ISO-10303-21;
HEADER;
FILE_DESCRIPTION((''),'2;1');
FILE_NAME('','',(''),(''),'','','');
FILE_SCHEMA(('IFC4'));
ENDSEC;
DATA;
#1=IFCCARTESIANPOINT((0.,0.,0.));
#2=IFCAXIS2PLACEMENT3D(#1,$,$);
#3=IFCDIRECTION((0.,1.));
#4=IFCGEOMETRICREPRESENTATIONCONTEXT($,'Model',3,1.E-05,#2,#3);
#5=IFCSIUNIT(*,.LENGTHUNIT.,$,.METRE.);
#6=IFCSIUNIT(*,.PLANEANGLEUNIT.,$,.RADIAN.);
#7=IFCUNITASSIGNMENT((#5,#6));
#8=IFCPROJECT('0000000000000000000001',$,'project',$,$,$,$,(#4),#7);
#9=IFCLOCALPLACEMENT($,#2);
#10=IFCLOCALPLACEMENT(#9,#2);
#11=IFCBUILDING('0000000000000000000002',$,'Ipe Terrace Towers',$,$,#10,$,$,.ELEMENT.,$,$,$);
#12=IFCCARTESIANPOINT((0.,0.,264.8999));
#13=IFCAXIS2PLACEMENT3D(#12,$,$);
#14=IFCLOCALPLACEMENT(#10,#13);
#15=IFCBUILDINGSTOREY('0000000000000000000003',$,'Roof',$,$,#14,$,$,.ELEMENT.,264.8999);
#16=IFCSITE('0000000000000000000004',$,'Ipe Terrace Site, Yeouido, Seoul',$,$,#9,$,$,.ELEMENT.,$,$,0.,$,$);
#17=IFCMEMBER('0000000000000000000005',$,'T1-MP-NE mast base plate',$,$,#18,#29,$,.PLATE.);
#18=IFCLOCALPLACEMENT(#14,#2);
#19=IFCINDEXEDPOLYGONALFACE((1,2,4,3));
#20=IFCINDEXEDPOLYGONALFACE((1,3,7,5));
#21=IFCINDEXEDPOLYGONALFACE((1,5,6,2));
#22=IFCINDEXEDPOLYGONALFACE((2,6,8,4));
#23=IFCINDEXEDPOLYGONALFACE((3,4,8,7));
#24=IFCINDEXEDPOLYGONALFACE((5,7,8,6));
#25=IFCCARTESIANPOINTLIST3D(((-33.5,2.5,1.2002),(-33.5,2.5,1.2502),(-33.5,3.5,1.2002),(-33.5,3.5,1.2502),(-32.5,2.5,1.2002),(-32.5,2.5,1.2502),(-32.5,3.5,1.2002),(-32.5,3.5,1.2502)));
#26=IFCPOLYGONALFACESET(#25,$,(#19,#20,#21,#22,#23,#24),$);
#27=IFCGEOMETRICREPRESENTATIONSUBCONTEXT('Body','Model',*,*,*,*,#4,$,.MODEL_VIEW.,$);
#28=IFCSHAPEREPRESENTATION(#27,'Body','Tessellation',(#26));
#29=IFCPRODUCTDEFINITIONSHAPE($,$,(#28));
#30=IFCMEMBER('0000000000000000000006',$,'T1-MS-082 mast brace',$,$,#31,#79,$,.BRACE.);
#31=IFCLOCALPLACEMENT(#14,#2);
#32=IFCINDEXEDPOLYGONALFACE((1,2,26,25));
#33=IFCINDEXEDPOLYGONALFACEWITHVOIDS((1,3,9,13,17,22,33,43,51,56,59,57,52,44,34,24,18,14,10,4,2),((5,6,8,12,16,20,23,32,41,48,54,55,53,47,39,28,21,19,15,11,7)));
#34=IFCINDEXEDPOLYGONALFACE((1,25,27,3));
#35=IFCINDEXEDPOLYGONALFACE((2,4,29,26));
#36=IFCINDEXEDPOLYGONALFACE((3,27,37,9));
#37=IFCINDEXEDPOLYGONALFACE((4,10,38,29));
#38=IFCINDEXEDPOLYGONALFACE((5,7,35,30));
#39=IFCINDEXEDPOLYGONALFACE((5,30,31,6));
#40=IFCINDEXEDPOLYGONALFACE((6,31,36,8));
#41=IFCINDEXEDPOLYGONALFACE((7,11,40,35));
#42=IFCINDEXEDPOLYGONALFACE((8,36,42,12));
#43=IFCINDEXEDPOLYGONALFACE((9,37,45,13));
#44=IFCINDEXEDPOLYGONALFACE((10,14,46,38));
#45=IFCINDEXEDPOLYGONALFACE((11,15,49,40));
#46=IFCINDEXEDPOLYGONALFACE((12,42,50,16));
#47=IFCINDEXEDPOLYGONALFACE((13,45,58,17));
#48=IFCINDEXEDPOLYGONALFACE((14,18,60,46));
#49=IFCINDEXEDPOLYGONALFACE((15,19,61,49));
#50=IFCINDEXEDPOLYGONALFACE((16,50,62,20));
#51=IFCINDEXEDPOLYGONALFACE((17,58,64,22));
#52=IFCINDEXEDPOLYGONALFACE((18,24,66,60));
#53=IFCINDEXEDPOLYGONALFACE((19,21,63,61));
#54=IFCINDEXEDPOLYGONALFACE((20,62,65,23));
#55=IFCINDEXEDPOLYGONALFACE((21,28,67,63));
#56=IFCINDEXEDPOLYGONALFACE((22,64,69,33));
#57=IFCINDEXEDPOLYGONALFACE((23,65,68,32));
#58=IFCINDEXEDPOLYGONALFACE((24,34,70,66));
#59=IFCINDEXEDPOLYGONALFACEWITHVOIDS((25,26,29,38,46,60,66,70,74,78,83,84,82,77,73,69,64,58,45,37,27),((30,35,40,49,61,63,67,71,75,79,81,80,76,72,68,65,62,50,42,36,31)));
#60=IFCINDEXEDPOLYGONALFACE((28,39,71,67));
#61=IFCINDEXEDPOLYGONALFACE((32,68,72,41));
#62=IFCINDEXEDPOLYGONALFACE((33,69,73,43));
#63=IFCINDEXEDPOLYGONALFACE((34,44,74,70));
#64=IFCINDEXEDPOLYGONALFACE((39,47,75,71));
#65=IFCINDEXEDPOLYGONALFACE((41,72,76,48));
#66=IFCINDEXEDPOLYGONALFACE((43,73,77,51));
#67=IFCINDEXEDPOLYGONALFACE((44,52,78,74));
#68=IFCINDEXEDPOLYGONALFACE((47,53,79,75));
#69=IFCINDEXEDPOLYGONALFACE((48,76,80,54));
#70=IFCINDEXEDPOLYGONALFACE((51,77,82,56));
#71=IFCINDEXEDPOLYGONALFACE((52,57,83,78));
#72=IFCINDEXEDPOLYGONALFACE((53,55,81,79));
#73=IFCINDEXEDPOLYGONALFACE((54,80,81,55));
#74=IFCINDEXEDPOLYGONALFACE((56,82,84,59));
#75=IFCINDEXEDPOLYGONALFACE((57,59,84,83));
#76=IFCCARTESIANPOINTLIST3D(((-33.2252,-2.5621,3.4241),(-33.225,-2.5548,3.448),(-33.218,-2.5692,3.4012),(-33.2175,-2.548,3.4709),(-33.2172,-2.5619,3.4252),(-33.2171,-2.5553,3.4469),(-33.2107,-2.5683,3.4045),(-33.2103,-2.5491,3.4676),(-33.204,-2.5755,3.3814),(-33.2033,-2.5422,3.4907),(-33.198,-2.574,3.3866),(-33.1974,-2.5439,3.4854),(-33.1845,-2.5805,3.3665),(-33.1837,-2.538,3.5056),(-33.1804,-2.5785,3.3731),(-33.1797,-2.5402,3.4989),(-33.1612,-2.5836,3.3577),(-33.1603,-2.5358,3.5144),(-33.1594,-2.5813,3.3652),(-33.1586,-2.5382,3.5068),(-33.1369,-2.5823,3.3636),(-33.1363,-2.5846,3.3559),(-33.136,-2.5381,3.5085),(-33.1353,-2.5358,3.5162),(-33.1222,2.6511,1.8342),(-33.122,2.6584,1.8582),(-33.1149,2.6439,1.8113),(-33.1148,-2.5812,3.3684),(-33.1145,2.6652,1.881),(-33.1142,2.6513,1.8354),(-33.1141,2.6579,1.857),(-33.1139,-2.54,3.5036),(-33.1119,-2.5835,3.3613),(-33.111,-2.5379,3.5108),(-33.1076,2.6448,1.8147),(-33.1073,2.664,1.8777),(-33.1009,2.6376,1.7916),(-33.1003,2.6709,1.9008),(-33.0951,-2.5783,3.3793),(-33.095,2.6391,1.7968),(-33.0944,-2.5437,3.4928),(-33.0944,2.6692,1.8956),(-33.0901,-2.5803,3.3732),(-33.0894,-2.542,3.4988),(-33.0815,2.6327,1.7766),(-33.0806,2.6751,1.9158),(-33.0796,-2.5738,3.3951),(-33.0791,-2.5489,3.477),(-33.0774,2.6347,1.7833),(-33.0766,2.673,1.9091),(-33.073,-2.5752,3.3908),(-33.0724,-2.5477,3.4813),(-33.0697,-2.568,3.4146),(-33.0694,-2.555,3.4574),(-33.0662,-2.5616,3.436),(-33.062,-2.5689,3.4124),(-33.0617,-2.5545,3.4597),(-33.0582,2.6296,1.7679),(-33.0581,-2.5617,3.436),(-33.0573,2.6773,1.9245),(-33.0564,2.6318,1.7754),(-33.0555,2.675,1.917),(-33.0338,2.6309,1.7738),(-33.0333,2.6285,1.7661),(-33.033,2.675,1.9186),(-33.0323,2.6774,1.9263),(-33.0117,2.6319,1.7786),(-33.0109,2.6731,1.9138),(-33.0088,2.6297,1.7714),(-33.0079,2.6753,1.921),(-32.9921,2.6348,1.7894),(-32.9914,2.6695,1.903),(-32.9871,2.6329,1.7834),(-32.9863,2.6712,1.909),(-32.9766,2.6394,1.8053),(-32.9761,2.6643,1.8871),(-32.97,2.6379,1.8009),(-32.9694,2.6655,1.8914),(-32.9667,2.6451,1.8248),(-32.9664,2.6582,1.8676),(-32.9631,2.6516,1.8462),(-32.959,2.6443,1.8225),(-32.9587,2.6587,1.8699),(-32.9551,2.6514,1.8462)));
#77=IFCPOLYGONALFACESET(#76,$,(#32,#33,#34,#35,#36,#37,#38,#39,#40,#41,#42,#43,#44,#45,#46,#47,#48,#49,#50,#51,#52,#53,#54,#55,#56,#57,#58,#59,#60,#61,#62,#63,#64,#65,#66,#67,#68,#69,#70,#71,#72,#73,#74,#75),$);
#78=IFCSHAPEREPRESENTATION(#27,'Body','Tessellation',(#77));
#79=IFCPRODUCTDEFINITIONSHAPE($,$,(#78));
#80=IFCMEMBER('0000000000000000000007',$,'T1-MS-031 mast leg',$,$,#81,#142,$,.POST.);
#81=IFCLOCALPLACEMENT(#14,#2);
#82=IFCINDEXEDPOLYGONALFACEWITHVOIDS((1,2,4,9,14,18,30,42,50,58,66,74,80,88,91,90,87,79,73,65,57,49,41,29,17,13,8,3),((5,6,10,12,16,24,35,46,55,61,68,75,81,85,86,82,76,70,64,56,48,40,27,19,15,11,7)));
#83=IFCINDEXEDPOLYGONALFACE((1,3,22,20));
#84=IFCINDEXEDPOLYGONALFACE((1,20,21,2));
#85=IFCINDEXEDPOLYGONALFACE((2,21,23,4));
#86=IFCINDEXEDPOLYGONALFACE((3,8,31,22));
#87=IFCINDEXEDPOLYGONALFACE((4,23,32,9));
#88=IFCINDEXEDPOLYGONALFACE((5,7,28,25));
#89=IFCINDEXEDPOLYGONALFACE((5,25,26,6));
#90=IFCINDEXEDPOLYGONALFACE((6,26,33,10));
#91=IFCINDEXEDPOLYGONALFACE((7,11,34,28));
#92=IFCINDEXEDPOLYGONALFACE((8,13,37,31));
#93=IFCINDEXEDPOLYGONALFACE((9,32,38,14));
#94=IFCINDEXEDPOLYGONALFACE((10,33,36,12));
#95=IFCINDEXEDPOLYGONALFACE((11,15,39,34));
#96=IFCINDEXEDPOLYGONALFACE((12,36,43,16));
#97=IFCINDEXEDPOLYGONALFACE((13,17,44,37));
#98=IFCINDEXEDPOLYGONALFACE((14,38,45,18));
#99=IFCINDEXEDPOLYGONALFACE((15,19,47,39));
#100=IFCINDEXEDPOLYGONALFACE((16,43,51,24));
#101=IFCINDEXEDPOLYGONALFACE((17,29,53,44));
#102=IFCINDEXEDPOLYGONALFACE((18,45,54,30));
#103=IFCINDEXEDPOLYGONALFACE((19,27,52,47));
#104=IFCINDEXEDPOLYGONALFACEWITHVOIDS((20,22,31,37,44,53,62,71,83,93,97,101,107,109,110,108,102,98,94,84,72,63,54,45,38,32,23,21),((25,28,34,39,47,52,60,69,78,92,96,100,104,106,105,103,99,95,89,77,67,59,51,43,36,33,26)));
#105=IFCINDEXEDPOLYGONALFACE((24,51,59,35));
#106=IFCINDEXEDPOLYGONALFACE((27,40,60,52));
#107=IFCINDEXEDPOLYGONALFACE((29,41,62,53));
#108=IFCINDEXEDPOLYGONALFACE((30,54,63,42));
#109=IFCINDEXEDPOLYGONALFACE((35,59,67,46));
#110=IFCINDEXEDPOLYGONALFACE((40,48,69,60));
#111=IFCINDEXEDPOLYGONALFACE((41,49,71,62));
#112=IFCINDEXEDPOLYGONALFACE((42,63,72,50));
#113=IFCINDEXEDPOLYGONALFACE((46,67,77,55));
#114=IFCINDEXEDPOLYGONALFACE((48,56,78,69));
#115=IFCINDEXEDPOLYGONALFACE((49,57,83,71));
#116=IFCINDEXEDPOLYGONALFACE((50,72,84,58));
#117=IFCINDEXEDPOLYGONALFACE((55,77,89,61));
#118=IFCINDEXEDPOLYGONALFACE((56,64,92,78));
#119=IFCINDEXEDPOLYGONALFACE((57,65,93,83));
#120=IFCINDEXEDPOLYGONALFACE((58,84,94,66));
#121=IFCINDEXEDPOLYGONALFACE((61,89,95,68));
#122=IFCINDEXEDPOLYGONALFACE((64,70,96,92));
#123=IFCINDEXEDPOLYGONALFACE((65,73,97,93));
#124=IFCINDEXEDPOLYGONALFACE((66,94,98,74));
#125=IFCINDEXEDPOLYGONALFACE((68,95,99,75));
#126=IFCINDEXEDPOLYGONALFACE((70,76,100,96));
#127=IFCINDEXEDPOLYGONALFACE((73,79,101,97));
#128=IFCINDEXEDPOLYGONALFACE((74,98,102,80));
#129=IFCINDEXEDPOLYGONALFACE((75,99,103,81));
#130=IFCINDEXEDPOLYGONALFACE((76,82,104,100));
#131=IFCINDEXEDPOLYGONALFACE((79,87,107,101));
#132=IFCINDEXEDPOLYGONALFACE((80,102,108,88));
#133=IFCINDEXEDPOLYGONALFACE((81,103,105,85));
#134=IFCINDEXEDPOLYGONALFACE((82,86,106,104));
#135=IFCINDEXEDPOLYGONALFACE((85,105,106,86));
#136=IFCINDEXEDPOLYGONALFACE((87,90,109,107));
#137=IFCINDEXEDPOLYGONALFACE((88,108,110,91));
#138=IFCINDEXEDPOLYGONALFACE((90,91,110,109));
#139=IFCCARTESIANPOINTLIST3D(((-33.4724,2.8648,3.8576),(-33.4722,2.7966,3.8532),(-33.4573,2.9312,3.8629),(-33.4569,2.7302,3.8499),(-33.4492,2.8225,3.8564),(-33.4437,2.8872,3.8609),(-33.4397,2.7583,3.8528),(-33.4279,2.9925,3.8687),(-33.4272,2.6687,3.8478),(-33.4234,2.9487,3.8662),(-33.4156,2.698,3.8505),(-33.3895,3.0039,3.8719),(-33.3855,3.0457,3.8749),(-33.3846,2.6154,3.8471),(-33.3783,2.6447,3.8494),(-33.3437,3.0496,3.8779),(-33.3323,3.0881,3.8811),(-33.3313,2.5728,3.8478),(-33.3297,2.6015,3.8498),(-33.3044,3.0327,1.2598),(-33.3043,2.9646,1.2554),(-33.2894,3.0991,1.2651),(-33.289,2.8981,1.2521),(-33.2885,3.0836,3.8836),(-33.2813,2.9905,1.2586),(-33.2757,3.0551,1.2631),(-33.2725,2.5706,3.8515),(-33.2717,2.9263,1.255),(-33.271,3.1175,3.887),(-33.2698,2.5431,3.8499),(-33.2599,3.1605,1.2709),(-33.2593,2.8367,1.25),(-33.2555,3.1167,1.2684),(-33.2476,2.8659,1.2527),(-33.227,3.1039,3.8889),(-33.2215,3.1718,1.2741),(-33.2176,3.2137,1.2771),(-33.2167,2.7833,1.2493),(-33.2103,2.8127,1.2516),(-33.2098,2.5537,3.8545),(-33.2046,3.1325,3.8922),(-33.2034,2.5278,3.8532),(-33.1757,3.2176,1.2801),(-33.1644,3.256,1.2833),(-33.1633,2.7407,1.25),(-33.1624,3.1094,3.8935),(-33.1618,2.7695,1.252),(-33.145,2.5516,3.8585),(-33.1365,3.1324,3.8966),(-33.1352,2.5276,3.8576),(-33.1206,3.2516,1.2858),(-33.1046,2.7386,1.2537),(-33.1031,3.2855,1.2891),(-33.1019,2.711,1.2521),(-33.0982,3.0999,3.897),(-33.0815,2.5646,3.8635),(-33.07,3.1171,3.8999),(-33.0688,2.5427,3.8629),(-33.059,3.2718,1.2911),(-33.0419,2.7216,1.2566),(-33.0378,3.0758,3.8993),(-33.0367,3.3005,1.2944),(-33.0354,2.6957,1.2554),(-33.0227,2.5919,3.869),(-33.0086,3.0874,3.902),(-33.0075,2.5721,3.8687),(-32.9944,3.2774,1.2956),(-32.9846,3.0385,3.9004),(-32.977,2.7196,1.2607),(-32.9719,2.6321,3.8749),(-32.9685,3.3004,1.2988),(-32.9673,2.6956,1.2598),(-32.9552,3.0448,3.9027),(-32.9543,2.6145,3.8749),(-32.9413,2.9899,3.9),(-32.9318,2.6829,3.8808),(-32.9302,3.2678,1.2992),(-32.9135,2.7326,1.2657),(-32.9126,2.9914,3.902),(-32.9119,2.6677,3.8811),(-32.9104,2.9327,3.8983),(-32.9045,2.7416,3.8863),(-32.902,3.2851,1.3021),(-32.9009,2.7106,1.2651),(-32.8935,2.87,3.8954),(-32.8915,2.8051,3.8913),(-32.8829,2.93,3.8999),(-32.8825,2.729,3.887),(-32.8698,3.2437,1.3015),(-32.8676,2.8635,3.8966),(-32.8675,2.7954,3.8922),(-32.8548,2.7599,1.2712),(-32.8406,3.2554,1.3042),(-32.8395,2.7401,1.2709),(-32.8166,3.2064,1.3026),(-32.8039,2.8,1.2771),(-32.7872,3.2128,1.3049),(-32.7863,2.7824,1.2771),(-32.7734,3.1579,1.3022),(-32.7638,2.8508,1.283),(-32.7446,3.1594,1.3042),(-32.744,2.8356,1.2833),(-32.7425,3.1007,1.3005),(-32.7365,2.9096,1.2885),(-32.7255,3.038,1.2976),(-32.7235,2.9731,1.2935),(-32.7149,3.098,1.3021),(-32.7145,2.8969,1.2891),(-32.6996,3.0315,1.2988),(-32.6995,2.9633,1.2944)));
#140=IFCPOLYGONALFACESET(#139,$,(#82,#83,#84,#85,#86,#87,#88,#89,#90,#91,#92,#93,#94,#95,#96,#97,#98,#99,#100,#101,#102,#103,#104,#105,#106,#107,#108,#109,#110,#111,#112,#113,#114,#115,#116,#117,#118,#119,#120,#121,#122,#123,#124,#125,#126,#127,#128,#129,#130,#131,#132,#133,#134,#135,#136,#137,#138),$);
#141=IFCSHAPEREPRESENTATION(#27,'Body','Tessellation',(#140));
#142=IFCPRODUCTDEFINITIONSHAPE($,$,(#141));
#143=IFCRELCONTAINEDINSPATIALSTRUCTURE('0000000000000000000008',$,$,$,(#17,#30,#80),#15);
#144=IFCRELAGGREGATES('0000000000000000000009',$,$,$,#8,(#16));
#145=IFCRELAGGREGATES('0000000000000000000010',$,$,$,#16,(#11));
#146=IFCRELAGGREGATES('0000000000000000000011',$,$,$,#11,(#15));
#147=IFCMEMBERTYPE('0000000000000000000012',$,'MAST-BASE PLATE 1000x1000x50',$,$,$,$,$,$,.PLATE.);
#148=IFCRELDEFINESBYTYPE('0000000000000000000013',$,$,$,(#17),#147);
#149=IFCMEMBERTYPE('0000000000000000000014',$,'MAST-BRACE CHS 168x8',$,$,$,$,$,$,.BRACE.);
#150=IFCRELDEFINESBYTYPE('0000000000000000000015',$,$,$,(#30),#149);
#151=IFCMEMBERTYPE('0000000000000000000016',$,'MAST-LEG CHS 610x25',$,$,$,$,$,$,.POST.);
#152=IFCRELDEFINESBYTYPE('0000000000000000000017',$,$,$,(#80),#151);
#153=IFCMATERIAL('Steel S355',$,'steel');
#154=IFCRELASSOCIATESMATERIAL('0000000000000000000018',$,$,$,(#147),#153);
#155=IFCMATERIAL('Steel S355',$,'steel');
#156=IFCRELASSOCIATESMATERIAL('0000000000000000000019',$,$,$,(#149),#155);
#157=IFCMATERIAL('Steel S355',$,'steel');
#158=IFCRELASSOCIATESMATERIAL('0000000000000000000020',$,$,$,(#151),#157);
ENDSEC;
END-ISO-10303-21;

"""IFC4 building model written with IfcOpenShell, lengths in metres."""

from ifc_helpers import new_model, si_unit, direction, frame, origin, origin_2d, place, context, subcontext, project, spatial, rectangle, hollow_circle, extrude, material, material_profile, profile_set, type_object, element, save


model = new_model("IFC4")

# Units and contexts
model_context = context("Model", 3, precision=1e-05, world=origin(), true_north=direction((0.0, 1.0)))
body_context = subcontext(model_context, "Body", "Model", "MODEL_VIEW")
ifc_project = project(units=[si_unit("LENGTHUNIT", "METRE"), si_unit("PLANEANGLEUNIT", "RADIAN")], contexts=[model_context])

# Site, building, storey
site_placement = place(None, origin())
site = spatial("IfcSite", under=ifc_project, at=site_placement, Name="Ipe Terrace Site, Yeouido, Seoul", CompositionType="ELEMENT", RefElevation=0.0)
building_placement = place(site_placement, origin())
building = spatial("IfcBuilding", under=site, at=building_placement, Name="Ipe Terrace Towers", CompositionType="ELEMENT")
storey_placement = place(building_placement, frame((0.0, 0.0, 264.8999)))
storey = spatial("IfcBuildingStorey", under=building, at=storey_placement, Name="Roof", CompositionType="ELEMENT", Elevation=264.8999)

# Members
ifc_material_1 = material(Name="Steel S355", Category="steel")
member_type_1 = type_object("IfcMemberType", Name="MAST-BASE PLATE 1000x1000x50", PredefinedType="PLATE", material=ifc_material_1)
member_1_placement = place(storey_placement, frame((-33.0, 3.0, 1.2002), z_axis=(0.0, 0.0, 1.0), x_axis=(1.0, 0.0, 0.0)))
element("IfcMember", 1, at=member_1_placement, inside=storey, type_object=member_type_1, Name="T1-MP-NE mast base plate", PredefinedType="PLATE", context=body_context, shape_type="SweptSolid", body=[
    extrude(rectangle(XDim=1.0, YDim=1.0, at=origin_2d()), origin(), (0.0, 0.0, 1.0), 0.05),
])
ifc_material_2 = material(Name="Steel S355", Category="steel")
ifc_material_profile_1 = material_profile(ifc_material_2, hollow_circle(Radius=0.084, WallThickness=0.0081, at=origin_2d()), Name="MAST-BRACE CHS 168x8")
ifc_profile_set_1 = profile_set([ifc_material_profile_1], Name="Steel S355")
member_type_2 = type_object("IfcMemberType", Name="MAST-BRACE CHS 168x8", PredefinedType="BRACE", material=ifc_profile_set_1)
member_2_placement = place(storey_placement, frame((-33.0391, 2.6531, 1.8462), z_axis=(-0.0189, -0.956337, 0.291653), x_axis=(0.999805, -0.019759, 0.0)))
element("IfcMember", 2, at=member_2_placement, inside=storey, type_object=member_type_2, Name="T1-MS-082 mast brace", PredefinedType="BRACE", context=body_context, shape_type="SweptSolid", body=[
    extrude(hollow_circle(Radius=0.084, WallThickness=0.0081, at=origin_2d()), origin(), (0.0, 0.0, 1.0), 5.4512),
])
ifc_material_3 = material(Name="Steel S355", Category="steel")
ifc_material_profile_2 = material_profile(ifc_material_3, hollow_circle(Radius=0.3049, WallThickness=0.0249, at=origin_2d()), Name="MAST-LEG CHS 610x25")
ifc_profile_set_2 = profile_set([ifc_material_profile_2], Name="Steel S355")
member_type_3 = type_object("IfcMemberType", Name="MAST-LEG CHS 610x25", PredefinedType="POST", material=ifc_profile_set_2)
member_3_placement = place(storey_placement, frame((-33.002, 2.998, 1.2771), z_axis=(-0.064387, -0.064387, 0.995846), x_axis=(0.707107, -0.707107, 0.0)))
element("IfcMember", 3, at=member_3_placement, inside=storey, type_object=member_type_3, Name="T1-MS-031 mast leg", PredefinedType="POST", context=body_context, shape_type="SweptSolid", body=[
    extrude(hollow_circle(Radius=0.3049, WallThickness=0.0249, at=origin_2d()), origin(), (0.0, 0.0, 1.0), 2.6086),
])

save(model, "model.ifc")
